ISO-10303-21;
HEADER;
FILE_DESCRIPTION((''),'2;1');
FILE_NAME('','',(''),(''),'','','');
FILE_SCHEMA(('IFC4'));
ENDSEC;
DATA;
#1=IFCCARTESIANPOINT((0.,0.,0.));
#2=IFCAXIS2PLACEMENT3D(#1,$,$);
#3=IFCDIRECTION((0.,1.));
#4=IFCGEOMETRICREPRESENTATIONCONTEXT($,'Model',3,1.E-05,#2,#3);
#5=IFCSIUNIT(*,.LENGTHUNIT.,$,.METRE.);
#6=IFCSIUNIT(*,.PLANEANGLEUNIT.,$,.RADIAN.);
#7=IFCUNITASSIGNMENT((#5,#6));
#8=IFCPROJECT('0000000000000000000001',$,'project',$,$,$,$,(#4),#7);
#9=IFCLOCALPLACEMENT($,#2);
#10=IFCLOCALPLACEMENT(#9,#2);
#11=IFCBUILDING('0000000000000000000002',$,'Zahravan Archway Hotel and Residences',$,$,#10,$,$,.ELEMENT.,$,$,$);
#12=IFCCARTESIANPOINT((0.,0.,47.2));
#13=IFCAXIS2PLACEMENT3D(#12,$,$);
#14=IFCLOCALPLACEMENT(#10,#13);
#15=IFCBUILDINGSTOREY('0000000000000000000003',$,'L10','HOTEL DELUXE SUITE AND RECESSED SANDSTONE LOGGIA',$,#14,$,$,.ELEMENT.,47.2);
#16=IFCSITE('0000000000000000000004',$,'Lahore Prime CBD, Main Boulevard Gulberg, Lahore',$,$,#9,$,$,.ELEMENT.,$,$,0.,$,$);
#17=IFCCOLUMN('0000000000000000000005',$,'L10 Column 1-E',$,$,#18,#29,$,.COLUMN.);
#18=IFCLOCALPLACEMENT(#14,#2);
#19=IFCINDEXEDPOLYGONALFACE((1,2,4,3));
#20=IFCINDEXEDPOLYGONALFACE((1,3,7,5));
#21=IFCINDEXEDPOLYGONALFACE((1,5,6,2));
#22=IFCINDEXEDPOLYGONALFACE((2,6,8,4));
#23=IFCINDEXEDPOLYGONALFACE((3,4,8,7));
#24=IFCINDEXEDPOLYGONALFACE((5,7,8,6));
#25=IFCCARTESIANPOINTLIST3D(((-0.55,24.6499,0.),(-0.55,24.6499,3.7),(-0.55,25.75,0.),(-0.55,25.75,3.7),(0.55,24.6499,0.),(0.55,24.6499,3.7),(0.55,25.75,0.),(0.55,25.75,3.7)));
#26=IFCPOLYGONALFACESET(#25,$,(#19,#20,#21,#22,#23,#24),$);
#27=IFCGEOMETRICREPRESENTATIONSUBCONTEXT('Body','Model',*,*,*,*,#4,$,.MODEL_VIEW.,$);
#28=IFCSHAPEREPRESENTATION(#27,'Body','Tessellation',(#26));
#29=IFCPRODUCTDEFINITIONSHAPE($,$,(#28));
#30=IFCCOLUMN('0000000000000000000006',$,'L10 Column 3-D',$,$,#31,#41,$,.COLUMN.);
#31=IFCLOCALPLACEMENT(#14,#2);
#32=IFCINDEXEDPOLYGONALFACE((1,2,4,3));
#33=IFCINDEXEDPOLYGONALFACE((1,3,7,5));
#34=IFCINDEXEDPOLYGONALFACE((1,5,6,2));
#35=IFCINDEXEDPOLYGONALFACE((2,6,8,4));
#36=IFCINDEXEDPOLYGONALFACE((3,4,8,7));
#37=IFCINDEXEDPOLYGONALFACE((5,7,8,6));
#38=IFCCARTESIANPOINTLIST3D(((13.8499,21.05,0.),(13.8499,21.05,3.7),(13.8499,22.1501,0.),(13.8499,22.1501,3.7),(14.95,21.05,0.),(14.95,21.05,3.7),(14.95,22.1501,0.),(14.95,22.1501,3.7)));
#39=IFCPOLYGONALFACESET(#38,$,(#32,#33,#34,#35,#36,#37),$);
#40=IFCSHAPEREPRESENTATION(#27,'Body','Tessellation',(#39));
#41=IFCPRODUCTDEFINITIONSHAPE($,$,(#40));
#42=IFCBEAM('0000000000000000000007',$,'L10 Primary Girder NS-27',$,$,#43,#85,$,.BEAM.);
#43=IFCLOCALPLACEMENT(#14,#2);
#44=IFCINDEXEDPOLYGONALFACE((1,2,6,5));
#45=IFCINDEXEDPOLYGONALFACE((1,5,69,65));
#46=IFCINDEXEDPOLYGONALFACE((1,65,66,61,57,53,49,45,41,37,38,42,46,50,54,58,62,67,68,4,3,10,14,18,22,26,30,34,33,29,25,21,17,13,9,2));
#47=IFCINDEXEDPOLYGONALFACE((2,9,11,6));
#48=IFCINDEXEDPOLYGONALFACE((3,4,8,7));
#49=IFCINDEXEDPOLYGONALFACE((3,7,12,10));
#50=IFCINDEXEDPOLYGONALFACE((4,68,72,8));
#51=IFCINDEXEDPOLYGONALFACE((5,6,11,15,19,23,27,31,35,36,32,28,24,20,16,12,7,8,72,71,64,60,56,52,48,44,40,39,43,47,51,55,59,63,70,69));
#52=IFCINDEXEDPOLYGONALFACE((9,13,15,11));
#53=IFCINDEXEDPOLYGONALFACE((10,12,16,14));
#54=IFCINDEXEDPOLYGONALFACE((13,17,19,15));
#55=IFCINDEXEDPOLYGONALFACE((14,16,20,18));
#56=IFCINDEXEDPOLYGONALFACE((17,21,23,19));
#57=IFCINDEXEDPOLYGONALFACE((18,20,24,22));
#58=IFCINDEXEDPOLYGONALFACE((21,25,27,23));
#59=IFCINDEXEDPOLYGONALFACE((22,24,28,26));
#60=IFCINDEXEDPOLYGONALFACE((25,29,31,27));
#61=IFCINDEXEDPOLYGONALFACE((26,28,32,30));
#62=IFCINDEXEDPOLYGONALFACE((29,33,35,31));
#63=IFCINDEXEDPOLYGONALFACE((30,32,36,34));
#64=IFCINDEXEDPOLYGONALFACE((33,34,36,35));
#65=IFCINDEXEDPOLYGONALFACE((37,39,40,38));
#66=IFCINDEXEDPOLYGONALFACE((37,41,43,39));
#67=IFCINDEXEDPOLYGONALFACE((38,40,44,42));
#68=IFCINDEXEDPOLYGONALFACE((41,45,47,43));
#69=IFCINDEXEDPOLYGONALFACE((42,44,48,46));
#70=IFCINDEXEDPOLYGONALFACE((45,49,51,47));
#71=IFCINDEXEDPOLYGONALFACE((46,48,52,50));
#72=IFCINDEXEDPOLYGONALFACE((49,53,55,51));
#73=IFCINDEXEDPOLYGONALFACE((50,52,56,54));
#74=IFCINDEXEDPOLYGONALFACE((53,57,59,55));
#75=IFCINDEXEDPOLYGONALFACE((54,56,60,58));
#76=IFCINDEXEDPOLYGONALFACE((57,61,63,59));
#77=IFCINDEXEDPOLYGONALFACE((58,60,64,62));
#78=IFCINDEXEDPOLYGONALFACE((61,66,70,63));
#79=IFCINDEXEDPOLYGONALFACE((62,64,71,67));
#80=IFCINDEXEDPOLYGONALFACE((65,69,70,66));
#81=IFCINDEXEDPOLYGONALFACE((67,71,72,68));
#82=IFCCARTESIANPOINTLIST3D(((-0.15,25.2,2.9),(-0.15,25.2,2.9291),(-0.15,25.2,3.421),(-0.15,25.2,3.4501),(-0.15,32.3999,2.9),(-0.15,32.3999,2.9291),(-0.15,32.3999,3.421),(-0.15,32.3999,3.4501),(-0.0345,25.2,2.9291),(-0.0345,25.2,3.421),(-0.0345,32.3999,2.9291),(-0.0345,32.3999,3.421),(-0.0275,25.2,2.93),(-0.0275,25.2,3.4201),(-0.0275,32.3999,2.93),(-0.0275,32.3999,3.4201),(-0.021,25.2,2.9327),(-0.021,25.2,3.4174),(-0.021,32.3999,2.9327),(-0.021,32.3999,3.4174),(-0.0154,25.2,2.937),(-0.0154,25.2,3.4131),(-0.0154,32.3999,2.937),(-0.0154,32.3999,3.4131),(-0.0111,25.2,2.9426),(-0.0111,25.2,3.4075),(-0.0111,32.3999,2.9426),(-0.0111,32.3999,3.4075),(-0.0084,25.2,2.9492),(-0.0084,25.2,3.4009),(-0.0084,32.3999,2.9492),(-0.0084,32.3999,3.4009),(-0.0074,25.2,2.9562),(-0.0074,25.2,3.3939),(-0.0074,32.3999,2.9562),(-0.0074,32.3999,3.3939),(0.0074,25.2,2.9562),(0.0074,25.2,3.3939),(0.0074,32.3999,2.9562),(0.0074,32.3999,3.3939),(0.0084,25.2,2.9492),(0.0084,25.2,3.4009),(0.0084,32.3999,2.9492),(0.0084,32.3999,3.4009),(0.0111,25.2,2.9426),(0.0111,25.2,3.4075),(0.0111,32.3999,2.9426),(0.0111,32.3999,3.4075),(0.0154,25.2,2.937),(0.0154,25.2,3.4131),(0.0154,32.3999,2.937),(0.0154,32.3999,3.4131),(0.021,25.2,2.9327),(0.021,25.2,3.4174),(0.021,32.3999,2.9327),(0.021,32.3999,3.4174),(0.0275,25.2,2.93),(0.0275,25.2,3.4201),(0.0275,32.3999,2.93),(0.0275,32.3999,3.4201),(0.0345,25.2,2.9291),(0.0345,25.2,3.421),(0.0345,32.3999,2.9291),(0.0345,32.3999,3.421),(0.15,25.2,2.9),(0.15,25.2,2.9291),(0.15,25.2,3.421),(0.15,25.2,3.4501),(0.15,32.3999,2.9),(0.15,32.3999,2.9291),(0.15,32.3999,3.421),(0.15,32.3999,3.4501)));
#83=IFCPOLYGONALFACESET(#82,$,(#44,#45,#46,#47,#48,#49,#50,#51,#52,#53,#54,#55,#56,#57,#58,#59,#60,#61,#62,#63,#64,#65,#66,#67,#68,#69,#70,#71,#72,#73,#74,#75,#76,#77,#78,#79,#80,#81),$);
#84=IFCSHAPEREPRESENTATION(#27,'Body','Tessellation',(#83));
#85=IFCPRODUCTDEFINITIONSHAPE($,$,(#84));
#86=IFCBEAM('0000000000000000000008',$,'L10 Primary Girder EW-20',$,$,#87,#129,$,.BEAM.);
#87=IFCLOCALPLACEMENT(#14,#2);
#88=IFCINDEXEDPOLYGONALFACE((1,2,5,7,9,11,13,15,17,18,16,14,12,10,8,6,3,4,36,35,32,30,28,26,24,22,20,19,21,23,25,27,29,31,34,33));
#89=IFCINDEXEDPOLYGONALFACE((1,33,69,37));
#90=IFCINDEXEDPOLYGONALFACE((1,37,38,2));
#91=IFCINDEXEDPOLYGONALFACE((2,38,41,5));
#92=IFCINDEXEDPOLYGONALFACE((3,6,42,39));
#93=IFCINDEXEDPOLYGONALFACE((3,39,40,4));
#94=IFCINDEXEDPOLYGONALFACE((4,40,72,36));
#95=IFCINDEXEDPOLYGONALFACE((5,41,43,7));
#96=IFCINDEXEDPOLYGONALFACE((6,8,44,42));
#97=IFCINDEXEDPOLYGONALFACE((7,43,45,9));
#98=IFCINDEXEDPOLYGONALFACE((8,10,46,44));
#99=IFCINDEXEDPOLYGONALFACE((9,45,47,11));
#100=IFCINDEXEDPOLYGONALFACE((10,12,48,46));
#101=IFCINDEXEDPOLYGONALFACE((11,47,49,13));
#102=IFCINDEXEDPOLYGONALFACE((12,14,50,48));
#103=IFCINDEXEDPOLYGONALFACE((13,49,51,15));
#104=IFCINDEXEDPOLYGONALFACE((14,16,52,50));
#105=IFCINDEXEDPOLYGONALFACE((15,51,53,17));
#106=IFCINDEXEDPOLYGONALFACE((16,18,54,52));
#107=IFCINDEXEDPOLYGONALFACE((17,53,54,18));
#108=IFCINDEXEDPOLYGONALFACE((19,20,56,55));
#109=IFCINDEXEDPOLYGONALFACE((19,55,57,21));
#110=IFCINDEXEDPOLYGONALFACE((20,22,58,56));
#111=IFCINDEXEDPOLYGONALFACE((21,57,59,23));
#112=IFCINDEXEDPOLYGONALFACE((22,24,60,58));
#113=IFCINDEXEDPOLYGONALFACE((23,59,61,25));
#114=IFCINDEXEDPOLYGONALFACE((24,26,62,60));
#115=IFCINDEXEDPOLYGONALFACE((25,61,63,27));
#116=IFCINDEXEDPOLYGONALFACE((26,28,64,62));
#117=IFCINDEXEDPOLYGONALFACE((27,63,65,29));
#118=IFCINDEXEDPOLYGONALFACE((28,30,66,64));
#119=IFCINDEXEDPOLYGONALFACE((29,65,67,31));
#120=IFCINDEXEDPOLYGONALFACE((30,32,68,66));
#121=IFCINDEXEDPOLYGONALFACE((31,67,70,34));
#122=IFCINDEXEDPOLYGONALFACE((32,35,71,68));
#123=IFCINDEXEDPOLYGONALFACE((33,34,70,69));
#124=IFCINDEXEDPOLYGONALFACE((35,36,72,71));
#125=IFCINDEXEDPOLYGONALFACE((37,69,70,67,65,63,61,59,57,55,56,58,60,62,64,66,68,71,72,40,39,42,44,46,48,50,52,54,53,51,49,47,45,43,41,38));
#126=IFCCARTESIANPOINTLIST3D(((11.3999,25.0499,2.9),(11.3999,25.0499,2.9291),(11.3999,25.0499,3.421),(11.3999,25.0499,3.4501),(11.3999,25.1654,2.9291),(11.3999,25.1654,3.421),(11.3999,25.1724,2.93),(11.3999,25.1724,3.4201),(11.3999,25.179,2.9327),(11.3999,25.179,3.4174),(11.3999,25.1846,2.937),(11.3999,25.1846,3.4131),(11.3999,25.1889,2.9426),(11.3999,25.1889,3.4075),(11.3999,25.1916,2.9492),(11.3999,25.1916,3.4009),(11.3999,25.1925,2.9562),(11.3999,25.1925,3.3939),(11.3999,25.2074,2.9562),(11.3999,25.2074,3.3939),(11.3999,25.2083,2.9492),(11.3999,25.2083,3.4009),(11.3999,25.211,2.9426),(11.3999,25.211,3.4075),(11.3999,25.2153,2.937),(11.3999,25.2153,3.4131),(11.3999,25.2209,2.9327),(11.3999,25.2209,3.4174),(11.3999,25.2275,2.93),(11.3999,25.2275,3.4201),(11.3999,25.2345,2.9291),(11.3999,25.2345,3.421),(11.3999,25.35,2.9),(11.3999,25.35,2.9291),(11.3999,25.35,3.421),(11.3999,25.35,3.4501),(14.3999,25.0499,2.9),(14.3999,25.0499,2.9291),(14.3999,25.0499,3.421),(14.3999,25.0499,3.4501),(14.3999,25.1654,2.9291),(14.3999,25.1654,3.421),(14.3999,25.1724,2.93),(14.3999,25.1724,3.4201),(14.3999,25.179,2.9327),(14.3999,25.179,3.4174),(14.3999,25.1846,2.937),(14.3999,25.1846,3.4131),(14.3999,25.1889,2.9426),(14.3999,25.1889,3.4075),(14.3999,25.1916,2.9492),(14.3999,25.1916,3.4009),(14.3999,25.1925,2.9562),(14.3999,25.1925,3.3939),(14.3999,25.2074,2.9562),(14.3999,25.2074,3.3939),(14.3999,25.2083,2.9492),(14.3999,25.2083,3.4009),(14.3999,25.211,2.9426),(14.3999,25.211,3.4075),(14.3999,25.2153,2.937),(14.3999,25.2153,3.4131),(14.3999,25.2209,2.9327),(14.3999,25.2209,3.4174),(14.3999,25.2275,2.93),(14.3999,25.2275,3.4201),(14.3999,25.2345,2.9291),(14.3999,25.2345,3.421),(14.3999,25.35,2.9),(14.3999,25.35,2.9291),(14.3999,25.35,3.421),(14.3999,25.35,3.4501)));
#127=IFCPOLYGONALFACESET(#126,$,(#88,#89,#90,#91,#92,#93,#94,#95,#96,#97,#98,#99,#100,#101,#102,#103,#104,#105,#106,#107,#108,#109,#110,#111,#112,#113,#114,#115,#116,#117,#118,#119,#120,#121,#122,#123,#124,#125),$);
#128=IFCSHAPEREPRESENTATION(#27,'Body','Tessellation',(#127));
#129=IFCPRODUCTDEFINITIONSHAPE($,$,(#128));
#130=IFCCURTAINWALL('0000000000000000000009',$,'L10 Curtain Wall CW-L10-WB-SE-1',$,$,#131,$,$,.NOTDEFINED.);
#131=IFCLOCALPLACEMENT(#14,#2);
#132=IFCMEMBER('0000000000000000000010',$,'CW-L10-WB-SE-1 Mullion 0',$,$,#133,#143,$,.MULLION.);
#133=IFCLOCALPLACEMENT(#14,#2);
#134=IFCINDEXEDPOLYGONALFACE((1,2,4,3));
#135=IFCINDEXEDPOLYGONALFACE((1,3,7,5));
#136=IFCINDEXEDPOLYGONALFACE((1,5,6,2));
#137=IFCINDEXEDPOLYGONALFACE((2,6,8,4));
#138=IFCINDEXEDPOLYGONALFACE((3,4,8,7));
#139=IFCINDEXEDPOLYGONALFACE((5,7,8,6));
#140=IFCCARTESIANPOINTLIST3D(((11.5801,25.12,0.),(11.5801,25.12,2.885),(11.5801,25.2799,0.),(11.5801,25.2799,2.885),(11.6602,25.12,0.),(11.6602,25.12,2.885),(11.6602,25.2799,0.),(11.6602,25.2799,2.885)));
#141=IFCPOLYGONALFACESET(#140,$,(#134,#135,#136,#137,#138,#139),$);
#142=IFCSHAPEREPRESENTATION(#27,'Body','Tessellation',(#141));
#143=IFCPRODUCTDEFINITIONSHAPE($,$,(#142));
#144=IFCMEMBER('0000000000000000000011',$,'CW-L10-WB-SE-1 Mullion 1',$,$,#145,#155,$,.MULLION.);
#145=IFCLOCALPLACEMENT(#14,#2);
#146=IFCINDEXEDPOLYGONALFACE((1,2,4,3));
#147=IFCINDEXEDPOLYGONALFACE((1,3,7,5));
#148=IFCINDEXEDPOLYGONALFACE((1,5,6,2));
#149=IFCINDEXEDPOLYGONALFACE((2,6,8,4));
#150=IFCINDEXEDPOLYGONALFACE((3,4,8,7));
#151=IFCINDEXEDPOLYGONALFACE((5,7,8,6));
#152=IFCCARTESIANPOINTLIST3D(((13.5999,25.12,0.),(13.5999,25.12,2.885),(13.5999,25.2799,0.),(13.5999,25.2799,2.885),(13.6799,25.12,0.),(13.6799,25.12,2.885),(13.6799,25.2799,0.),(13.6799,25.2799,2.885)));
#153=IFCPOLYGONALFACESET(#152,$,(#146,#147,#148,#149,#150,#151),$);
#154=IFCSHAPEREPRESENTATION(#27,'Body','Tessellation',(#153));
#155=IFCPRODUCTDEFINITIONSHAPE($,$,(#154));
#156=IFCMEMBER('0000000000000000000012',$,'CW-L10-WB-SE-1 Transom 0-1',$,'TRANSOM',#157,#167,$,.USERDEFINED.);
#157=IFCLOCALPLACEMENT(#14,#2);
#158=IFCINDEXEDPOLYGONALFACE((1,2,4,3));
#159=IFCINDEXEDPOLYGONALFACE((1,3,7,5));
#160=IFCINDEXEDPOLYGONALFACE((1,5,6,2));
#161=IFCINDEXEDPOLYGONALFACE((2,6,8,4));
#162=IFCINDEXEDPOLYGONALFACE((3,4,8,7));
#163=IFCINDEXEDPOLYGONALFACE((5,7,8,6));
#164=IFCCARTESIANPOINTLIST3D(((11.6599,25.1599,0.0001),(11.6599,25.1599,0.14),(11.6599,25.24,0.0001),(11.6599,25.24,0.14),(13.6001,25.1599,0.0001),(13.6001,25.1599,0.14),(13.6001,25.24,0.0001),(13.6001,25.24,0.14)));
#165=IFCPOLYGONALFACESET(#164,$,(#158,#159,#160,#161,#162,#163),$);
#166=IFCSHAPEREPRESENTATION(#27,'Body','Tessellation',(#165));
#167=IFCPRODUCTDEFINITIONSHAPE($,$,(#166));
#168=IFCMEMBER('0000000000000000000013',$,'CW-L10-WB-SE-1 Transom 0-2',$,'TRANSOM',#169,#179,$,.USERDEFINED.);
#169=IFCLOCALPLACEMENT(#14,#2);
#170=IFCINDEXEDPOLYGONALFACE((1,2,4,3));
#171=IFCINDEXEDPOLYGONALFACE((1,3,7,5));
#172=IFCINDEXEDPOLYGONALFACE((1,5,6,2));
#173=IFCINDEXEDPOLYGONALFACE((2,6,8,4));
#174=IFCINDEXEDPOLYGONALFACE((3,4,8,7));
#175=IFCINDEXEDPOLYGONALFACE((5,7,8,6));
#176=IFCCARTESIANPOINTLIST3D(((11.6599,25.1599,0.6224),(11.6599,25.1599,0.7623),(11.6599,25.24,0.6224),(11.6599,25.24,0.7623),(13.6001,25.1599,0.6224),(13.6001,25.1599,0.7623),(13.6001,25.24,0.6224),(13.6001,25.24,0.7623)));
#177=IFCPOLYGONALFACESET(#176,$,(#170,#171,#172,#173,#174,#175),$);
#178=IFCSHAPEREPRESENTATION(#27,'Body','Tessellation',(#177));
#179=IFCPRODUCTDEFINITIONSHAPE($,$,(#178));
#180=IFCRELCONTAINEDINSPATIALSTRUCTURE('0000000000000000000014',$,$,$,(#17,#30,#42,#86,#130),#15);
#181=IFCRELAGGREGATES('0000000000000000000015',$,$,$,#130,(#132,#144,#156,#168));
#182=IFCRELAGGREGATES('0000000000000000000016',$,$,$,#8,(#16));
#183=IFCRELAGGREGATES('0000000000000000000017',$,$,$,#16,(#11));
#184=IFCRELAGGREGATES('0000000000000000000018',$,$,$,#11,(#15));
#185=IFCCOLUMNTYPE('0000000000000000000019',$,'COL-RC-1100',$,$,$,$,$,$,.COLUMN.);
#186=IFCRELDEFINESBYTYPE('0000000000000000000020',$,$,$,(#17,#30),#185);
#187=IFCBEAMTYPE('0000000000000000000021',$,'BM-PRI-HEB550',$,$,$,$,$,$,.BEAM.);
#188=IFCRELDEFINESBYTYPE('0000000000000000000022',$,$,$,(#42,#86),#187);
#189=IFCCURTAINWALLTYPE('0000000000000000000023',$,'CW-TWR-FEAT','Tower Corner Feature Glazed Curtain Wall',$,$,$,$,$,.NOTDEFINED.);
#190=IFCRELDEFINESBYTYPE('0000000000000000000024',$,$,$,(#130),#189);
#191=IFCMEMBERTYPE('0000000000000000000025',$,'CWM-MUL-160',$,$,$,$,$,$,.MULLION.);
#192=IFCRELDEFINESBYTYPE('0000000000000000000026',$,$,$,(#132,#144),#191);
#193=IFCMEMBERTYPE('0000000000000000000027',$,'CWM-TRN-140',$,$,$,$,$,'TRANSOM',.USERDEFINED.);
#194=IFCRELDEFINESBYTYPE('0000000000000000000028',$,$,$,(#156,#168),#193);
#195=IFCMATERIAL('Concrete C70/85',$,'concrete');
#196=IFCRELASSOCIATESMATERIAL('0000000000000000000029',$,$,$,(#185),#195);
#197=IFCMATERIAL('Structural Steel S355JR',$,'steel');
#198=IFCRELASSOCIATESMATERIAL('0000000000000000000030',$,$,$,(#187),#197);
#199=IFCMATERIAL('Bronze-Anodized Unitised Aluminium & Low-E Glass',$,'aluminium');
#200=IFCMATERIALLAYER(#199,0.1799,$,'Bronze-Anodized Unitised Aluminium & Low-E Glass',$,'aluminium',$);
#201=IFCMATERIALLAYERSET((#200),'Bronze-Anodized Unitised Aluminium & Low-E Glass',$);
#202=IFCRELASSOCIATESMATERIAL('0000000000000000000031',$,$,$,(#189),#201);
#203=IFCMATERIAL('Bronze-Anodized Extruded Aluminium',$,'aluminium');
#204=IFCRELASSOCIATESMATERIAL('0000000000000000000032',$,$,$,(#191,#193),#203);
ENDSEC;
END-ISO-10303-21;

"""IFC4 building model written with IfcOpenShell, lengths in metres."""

from ifc_helpers import new_model, si_unit, direction, frame, origin, origin_2d, place, context, subcontext, project, spatial, rectangle, i_section, extrude, source, transform, mapped, material, layer, layer_set, material_profile, profile_set, type_object, element, aggregate, save


model = new_model("IFC4")

# Units and contexts
model_context = context("Model", 3, precision=1e-05, world=origin(), true_north=direction((0.0, 1.0)))
body_context = subcontext(model_context, "Body", "Model", "MODEL_VIEW")
ifc_project = project(units=[si_unit("LENGTHUNIT", "METRE"), si_unit("PLANEANGLEUNIT", "RADIAN")], contexts=[model_context])

# Site, building, storey
site_placement = place(None, origin())
site = spatial("IfcSite", under=ifc_project, at=site_placement, Name="Lahore Prime CBD, Main Boulevard Gulberg, Lahore", CompositionType="ELEMENT", RefElevation=0.0)
building_placement = place(site_placement, origin())
building = spatial("IfcBuilding", under=site, at=building_placement, Name="Zahravan Archway Hotel and Residences", CompositionType="ELEMENT")
storey_placement = place(building_placement, frame((0.0, 0.0, 47.2)))
storey = spatial("IfcBuildingStorey", under=building, at=storey_placement, Name="L10", Description="HOTEL DELUXE SUITE AND RECESSED SANDSTONE LOGGIA", CompositionType="ELEMENT", Elevation=47.2)

# Columns
ifc_material_1 = material(Name="Concrete C70/85", Category="concrete")
ifc_material_profile_1 = material_profile(ifc_material_1, rectangle(XDim=1.1001, YDim=1.1001, at=origin_2d()), Name="RC 1100x1100", Category="concrete")
ifc_profile_set_1 = profile_set([ifc_material_profile_1], Name="Concrete C70/85")
column_type = type_object("IfcColumnType", Name="COL-RC-1100", PredefinedType="COLUMN", material=ifc_profile_set_1)
shared_shape_1 = source(origin(), body_context, "Body", "SweptSolid", [
    extrude(rectangle(XDim=1.1001, YDim=1.1001, at=origin_2d()), origin(), (0.0, 0.0, 1.0), 3.7),
])
for number, where, z_axis, x_axis, name in (
    (1, (0.0, 25.2, 0.0), (0.0, 0.0, 1.0), (1.0, 0.0, 0.0), "L10 Column 1-E"),
    (2, (14.3999, 21.6001, 0.0), (0.0, 0.0, 1.0), (1.0, 0.0, 0.0), "L10 Column 3-D"),
):
    element("IfcColumn", number, at=place(storey_placement, frame(where, z_axis=z_axis, x_axis=x_axis)), inside=storey, type_object=column_type, Name=name, PredefinedType="COLUMN", context=body_context, shape_type="MappedRepresentation", body=[
        mapped(shared_shape_1, transform((0.0, 0.0, 0.0), scale=1.0)),
    ])

# Beams
ifc_material_2 = material(Name="Structural Steel S355JR", Category="steel")
ifc_material_profile_2 = material_profile(ifc_material_2, i_section(OverallWidth=0.3, OverallDepth=0.55, WebThickness=0.0149, FlangeThickness=0.0291, FilletRadius=0.0271, at=origin_2d()), Name="HEB 550", Category="steel")
ifc_profile_set_2 = profile_set([ifc_material_profile_2], Name="Structural Steel S355JR")
beam_type = type_object("IfcBeamType", Name="BM-PRI-HEB550", PredefinedType="BEAM", material=ifc_profile_set_2)
shared_shape_2 = source(origin(), body_context, "Body", "SweptSolid", [
    extrude(i_section(OverallWidth=0.3, OverallDepth=0.55, WebThickness=0.0149, FlangeThickness=0.0291, FilletRadius=0.0271, at=origin_2d()), origin(), (0.0, 0.0, 1.0), 7.2),
])
beam_1_placement = place(storey_placement, frame((0.0, 25.2, 3.175), z_axis=(0.0, 1.0, 0.0), x_axis=(-1.0, 0.0, 0.0)))
element("IfcBeam", 3, at=beam_1_placement, inside=storey, type_object=beam_type, Name="L10 Primary Girder NS-27", PredefinedType="BEAM", context=body_context, shape_type="MappedRepresentation", body=[
    mapped(shared_shape_2, transform((0.0, 0.0, 0.0), scale=1.0)),
])
shared_shape_3 = source(origin(), body_context, "Body", "SweptSolid", [
    extrude(i_section(OverallWidth=0.3, OverallDepth=0.55, WebThickness=0.0149, FlangeThickness=0.0291, FilletRadius=0.0271, at=origin_2d()), origin(), (0.0, 0.0, 1.0), 3.0),
])
beam_2_placement = place(storey_placement, frame((11.3999, 25.2, 3.175), z_axis=(1.0, 0.0, 0.0), x_axis=(0.0, 1.0, 0.0)))
element("IfcBeam", 4, at=beam_2_placement, inside=storey, type_object=beam_type, Name="L10 Primary Girder EW-20", PredefinedType="BEAM", context=body_context, shape_type="MappedRepresentation", body=[
    mapped(shared_shape_3, transform((0.0, 0.0, 0.0), scale=1.0)),
])

# Curtain wall, members
ifc_material_3 = material(Name="Bronze-Anodized Unitised Aluminium & Low-E Glass", Category="aluminium")
ifc_layer_1 = layer(ifc_material_3, 0.1799, Name="Bronze-Anodized Unitised Aluminium & Low-E Glass", Category="aluminium")
ifc_layer_set_1 = layer_set([ifc_layer_1], Name="Bronze-Anodized Unitised Aluminium & Low-E Glass")
curtain_wall_type = type_object("IfcCurtainWallType", Name="CW-TWR-FEAT", Description="Tower Corner Feature Glazed Curtain Wall", PredefinedType="NOTDEFINED", material=ifc_layer_set_1)
curtain_wall_placement = place(storey_placement, origin())
curtain_wall = element("IfcCurtainWall", 5, at=curtain_wall_placement, inside=storey, type_object=curtain_wall_type, Name="L10 Curtain Wall CW-L10-WB-SE-1", PredefinedType="NOTDEFINED")
ifc_material_4 = material(Name="Bronze-Anodized Extruded Aluminium", Category="aluminium")
ifc_material_profile_3 = material_profile(ifc_material_4, rectangle(XDim=0.0801, YDim=0.1599, at=origin_2d()), Name="MUL 80x160", Category="aluminium")
ifc_profile_set_3 = profile_set([ifc_material_profile_3], Name="Bronze-Anodized Extruded Aluminium")
member_type_1 = type_object("IfcMemberType", Name="CWM-MUL-160", PredefinedType="MULLION", material=ifc_profile_set_3)
shared_shape_4 = source(origin(), body_context, "Body", "SweptSolid", [
    extrude(rectangle(XDim=0.0801, YDim=0.1599, at=origin_2d()), origin(), (0.0, 0.0, 1.0), 2.885),
])
member_1_placement = place(storey_placement, frame((11.6201, 25.2, 0.0), z_axis=(0.0, 0.0, 1.0), x_axis=(1.0, 0.0, 0.0)))
member_1 = element("IfcMember", 6, at=member_1_placement, type_object=member_type_1, Name="CW-L10-WB-SE-1 Mullion 0", PredefinedType="MULLION", context=body_context, shape_type="MappedRepresentation", body=[
    mapped(shared_shape_4, transform((0.0, 0.0, 0.0), scale=1.0)),
])
member_2_placement = place(storey_placement, frame((13.6399, 25.2, 0.0), z_axis=(0.0, 0.0, 1.0), x_axis=(1.0, 0.0, 0.0)))
member_2 = element("IfcMember", 7, at=member_2_placement, type_object=member_type_1, Name="CW-L10-WB-SE-1 Mullion 1", PredefinedType="MULLION", context=body_context, shape_type="MappedRepresentation", body=[
    mapped(shared_shape_4, transform((0.0, 0.0, 0.0), scale=1.0)),
])
ifc_material_profile_4 = material_profile(ifc_material_4, rectangle(XDim=0.0801, YDim=0.1399, at=origin_2d()), Name="TRN 80x140", Category="aluminium")
ifc_profile_set_4 = profile_set([ifc_material_profile_4], Name="Bronze-Anodized Extruded Aluminium")
member_type_2 = type_object("IfcMemberType", Name="CWM-TRN-140", ElementType="TRANSOM", PredefinedType="USERDEFINED", material=ifc_profile_set_4)
shared_shape_5 = source(origin(), body_context, "Body", "SweptSolid", [
    extrude(rectangle(XDim=0.0801, YDim=0.1399, at=origin_2d()), origin(), (0.0, 0.0, 1.0), 1.9402),
])
member_3_placement = place(storey_placement, frame((11.6599, 25.2, 0.0701), z_axis=(1.0, 0.0, 0.0), x_axis=(0.0, 1.0, 0.0)))
member_3 = element("IfcMember", 8, at=member_3_placement, type_object=member_type_2, Name="CW-L10-WB-SE-1 Transom 0-1", ObjectType="TRANSOM", PredefinedType="USERDEFINED", context=body_context, shape_type="MappedRepresentation", body=[
    mapped(shared_shape_5, transform((0.0, 0.0, 0.0), scale=1.0)),
])
member_4_placement = place(storey_placement, frame((11.6599, 25.2, 0.6924), z_axis=(1.0, 0.0, 0.0), x_axis=(0.0, 1.0, 0.0)))
member_4 = element("IfcMember", 9, at=member_4_placement, type_object=member_type_2, Name="CW-L10-WB-SE-1 Transom 0-2", ObjectType="TRANSOM", PredefinedType="USERDEFINED", context=body_context, shape_type="MappedRepresentation", body=[
    mapped(shared_shape_5, transform((0.0, 0.0, 0.0), scale=1.0)),
])

aggregate(curtain_wall, [member_1, member_2, member_3, member_4])

save(model, "model.ifc")
